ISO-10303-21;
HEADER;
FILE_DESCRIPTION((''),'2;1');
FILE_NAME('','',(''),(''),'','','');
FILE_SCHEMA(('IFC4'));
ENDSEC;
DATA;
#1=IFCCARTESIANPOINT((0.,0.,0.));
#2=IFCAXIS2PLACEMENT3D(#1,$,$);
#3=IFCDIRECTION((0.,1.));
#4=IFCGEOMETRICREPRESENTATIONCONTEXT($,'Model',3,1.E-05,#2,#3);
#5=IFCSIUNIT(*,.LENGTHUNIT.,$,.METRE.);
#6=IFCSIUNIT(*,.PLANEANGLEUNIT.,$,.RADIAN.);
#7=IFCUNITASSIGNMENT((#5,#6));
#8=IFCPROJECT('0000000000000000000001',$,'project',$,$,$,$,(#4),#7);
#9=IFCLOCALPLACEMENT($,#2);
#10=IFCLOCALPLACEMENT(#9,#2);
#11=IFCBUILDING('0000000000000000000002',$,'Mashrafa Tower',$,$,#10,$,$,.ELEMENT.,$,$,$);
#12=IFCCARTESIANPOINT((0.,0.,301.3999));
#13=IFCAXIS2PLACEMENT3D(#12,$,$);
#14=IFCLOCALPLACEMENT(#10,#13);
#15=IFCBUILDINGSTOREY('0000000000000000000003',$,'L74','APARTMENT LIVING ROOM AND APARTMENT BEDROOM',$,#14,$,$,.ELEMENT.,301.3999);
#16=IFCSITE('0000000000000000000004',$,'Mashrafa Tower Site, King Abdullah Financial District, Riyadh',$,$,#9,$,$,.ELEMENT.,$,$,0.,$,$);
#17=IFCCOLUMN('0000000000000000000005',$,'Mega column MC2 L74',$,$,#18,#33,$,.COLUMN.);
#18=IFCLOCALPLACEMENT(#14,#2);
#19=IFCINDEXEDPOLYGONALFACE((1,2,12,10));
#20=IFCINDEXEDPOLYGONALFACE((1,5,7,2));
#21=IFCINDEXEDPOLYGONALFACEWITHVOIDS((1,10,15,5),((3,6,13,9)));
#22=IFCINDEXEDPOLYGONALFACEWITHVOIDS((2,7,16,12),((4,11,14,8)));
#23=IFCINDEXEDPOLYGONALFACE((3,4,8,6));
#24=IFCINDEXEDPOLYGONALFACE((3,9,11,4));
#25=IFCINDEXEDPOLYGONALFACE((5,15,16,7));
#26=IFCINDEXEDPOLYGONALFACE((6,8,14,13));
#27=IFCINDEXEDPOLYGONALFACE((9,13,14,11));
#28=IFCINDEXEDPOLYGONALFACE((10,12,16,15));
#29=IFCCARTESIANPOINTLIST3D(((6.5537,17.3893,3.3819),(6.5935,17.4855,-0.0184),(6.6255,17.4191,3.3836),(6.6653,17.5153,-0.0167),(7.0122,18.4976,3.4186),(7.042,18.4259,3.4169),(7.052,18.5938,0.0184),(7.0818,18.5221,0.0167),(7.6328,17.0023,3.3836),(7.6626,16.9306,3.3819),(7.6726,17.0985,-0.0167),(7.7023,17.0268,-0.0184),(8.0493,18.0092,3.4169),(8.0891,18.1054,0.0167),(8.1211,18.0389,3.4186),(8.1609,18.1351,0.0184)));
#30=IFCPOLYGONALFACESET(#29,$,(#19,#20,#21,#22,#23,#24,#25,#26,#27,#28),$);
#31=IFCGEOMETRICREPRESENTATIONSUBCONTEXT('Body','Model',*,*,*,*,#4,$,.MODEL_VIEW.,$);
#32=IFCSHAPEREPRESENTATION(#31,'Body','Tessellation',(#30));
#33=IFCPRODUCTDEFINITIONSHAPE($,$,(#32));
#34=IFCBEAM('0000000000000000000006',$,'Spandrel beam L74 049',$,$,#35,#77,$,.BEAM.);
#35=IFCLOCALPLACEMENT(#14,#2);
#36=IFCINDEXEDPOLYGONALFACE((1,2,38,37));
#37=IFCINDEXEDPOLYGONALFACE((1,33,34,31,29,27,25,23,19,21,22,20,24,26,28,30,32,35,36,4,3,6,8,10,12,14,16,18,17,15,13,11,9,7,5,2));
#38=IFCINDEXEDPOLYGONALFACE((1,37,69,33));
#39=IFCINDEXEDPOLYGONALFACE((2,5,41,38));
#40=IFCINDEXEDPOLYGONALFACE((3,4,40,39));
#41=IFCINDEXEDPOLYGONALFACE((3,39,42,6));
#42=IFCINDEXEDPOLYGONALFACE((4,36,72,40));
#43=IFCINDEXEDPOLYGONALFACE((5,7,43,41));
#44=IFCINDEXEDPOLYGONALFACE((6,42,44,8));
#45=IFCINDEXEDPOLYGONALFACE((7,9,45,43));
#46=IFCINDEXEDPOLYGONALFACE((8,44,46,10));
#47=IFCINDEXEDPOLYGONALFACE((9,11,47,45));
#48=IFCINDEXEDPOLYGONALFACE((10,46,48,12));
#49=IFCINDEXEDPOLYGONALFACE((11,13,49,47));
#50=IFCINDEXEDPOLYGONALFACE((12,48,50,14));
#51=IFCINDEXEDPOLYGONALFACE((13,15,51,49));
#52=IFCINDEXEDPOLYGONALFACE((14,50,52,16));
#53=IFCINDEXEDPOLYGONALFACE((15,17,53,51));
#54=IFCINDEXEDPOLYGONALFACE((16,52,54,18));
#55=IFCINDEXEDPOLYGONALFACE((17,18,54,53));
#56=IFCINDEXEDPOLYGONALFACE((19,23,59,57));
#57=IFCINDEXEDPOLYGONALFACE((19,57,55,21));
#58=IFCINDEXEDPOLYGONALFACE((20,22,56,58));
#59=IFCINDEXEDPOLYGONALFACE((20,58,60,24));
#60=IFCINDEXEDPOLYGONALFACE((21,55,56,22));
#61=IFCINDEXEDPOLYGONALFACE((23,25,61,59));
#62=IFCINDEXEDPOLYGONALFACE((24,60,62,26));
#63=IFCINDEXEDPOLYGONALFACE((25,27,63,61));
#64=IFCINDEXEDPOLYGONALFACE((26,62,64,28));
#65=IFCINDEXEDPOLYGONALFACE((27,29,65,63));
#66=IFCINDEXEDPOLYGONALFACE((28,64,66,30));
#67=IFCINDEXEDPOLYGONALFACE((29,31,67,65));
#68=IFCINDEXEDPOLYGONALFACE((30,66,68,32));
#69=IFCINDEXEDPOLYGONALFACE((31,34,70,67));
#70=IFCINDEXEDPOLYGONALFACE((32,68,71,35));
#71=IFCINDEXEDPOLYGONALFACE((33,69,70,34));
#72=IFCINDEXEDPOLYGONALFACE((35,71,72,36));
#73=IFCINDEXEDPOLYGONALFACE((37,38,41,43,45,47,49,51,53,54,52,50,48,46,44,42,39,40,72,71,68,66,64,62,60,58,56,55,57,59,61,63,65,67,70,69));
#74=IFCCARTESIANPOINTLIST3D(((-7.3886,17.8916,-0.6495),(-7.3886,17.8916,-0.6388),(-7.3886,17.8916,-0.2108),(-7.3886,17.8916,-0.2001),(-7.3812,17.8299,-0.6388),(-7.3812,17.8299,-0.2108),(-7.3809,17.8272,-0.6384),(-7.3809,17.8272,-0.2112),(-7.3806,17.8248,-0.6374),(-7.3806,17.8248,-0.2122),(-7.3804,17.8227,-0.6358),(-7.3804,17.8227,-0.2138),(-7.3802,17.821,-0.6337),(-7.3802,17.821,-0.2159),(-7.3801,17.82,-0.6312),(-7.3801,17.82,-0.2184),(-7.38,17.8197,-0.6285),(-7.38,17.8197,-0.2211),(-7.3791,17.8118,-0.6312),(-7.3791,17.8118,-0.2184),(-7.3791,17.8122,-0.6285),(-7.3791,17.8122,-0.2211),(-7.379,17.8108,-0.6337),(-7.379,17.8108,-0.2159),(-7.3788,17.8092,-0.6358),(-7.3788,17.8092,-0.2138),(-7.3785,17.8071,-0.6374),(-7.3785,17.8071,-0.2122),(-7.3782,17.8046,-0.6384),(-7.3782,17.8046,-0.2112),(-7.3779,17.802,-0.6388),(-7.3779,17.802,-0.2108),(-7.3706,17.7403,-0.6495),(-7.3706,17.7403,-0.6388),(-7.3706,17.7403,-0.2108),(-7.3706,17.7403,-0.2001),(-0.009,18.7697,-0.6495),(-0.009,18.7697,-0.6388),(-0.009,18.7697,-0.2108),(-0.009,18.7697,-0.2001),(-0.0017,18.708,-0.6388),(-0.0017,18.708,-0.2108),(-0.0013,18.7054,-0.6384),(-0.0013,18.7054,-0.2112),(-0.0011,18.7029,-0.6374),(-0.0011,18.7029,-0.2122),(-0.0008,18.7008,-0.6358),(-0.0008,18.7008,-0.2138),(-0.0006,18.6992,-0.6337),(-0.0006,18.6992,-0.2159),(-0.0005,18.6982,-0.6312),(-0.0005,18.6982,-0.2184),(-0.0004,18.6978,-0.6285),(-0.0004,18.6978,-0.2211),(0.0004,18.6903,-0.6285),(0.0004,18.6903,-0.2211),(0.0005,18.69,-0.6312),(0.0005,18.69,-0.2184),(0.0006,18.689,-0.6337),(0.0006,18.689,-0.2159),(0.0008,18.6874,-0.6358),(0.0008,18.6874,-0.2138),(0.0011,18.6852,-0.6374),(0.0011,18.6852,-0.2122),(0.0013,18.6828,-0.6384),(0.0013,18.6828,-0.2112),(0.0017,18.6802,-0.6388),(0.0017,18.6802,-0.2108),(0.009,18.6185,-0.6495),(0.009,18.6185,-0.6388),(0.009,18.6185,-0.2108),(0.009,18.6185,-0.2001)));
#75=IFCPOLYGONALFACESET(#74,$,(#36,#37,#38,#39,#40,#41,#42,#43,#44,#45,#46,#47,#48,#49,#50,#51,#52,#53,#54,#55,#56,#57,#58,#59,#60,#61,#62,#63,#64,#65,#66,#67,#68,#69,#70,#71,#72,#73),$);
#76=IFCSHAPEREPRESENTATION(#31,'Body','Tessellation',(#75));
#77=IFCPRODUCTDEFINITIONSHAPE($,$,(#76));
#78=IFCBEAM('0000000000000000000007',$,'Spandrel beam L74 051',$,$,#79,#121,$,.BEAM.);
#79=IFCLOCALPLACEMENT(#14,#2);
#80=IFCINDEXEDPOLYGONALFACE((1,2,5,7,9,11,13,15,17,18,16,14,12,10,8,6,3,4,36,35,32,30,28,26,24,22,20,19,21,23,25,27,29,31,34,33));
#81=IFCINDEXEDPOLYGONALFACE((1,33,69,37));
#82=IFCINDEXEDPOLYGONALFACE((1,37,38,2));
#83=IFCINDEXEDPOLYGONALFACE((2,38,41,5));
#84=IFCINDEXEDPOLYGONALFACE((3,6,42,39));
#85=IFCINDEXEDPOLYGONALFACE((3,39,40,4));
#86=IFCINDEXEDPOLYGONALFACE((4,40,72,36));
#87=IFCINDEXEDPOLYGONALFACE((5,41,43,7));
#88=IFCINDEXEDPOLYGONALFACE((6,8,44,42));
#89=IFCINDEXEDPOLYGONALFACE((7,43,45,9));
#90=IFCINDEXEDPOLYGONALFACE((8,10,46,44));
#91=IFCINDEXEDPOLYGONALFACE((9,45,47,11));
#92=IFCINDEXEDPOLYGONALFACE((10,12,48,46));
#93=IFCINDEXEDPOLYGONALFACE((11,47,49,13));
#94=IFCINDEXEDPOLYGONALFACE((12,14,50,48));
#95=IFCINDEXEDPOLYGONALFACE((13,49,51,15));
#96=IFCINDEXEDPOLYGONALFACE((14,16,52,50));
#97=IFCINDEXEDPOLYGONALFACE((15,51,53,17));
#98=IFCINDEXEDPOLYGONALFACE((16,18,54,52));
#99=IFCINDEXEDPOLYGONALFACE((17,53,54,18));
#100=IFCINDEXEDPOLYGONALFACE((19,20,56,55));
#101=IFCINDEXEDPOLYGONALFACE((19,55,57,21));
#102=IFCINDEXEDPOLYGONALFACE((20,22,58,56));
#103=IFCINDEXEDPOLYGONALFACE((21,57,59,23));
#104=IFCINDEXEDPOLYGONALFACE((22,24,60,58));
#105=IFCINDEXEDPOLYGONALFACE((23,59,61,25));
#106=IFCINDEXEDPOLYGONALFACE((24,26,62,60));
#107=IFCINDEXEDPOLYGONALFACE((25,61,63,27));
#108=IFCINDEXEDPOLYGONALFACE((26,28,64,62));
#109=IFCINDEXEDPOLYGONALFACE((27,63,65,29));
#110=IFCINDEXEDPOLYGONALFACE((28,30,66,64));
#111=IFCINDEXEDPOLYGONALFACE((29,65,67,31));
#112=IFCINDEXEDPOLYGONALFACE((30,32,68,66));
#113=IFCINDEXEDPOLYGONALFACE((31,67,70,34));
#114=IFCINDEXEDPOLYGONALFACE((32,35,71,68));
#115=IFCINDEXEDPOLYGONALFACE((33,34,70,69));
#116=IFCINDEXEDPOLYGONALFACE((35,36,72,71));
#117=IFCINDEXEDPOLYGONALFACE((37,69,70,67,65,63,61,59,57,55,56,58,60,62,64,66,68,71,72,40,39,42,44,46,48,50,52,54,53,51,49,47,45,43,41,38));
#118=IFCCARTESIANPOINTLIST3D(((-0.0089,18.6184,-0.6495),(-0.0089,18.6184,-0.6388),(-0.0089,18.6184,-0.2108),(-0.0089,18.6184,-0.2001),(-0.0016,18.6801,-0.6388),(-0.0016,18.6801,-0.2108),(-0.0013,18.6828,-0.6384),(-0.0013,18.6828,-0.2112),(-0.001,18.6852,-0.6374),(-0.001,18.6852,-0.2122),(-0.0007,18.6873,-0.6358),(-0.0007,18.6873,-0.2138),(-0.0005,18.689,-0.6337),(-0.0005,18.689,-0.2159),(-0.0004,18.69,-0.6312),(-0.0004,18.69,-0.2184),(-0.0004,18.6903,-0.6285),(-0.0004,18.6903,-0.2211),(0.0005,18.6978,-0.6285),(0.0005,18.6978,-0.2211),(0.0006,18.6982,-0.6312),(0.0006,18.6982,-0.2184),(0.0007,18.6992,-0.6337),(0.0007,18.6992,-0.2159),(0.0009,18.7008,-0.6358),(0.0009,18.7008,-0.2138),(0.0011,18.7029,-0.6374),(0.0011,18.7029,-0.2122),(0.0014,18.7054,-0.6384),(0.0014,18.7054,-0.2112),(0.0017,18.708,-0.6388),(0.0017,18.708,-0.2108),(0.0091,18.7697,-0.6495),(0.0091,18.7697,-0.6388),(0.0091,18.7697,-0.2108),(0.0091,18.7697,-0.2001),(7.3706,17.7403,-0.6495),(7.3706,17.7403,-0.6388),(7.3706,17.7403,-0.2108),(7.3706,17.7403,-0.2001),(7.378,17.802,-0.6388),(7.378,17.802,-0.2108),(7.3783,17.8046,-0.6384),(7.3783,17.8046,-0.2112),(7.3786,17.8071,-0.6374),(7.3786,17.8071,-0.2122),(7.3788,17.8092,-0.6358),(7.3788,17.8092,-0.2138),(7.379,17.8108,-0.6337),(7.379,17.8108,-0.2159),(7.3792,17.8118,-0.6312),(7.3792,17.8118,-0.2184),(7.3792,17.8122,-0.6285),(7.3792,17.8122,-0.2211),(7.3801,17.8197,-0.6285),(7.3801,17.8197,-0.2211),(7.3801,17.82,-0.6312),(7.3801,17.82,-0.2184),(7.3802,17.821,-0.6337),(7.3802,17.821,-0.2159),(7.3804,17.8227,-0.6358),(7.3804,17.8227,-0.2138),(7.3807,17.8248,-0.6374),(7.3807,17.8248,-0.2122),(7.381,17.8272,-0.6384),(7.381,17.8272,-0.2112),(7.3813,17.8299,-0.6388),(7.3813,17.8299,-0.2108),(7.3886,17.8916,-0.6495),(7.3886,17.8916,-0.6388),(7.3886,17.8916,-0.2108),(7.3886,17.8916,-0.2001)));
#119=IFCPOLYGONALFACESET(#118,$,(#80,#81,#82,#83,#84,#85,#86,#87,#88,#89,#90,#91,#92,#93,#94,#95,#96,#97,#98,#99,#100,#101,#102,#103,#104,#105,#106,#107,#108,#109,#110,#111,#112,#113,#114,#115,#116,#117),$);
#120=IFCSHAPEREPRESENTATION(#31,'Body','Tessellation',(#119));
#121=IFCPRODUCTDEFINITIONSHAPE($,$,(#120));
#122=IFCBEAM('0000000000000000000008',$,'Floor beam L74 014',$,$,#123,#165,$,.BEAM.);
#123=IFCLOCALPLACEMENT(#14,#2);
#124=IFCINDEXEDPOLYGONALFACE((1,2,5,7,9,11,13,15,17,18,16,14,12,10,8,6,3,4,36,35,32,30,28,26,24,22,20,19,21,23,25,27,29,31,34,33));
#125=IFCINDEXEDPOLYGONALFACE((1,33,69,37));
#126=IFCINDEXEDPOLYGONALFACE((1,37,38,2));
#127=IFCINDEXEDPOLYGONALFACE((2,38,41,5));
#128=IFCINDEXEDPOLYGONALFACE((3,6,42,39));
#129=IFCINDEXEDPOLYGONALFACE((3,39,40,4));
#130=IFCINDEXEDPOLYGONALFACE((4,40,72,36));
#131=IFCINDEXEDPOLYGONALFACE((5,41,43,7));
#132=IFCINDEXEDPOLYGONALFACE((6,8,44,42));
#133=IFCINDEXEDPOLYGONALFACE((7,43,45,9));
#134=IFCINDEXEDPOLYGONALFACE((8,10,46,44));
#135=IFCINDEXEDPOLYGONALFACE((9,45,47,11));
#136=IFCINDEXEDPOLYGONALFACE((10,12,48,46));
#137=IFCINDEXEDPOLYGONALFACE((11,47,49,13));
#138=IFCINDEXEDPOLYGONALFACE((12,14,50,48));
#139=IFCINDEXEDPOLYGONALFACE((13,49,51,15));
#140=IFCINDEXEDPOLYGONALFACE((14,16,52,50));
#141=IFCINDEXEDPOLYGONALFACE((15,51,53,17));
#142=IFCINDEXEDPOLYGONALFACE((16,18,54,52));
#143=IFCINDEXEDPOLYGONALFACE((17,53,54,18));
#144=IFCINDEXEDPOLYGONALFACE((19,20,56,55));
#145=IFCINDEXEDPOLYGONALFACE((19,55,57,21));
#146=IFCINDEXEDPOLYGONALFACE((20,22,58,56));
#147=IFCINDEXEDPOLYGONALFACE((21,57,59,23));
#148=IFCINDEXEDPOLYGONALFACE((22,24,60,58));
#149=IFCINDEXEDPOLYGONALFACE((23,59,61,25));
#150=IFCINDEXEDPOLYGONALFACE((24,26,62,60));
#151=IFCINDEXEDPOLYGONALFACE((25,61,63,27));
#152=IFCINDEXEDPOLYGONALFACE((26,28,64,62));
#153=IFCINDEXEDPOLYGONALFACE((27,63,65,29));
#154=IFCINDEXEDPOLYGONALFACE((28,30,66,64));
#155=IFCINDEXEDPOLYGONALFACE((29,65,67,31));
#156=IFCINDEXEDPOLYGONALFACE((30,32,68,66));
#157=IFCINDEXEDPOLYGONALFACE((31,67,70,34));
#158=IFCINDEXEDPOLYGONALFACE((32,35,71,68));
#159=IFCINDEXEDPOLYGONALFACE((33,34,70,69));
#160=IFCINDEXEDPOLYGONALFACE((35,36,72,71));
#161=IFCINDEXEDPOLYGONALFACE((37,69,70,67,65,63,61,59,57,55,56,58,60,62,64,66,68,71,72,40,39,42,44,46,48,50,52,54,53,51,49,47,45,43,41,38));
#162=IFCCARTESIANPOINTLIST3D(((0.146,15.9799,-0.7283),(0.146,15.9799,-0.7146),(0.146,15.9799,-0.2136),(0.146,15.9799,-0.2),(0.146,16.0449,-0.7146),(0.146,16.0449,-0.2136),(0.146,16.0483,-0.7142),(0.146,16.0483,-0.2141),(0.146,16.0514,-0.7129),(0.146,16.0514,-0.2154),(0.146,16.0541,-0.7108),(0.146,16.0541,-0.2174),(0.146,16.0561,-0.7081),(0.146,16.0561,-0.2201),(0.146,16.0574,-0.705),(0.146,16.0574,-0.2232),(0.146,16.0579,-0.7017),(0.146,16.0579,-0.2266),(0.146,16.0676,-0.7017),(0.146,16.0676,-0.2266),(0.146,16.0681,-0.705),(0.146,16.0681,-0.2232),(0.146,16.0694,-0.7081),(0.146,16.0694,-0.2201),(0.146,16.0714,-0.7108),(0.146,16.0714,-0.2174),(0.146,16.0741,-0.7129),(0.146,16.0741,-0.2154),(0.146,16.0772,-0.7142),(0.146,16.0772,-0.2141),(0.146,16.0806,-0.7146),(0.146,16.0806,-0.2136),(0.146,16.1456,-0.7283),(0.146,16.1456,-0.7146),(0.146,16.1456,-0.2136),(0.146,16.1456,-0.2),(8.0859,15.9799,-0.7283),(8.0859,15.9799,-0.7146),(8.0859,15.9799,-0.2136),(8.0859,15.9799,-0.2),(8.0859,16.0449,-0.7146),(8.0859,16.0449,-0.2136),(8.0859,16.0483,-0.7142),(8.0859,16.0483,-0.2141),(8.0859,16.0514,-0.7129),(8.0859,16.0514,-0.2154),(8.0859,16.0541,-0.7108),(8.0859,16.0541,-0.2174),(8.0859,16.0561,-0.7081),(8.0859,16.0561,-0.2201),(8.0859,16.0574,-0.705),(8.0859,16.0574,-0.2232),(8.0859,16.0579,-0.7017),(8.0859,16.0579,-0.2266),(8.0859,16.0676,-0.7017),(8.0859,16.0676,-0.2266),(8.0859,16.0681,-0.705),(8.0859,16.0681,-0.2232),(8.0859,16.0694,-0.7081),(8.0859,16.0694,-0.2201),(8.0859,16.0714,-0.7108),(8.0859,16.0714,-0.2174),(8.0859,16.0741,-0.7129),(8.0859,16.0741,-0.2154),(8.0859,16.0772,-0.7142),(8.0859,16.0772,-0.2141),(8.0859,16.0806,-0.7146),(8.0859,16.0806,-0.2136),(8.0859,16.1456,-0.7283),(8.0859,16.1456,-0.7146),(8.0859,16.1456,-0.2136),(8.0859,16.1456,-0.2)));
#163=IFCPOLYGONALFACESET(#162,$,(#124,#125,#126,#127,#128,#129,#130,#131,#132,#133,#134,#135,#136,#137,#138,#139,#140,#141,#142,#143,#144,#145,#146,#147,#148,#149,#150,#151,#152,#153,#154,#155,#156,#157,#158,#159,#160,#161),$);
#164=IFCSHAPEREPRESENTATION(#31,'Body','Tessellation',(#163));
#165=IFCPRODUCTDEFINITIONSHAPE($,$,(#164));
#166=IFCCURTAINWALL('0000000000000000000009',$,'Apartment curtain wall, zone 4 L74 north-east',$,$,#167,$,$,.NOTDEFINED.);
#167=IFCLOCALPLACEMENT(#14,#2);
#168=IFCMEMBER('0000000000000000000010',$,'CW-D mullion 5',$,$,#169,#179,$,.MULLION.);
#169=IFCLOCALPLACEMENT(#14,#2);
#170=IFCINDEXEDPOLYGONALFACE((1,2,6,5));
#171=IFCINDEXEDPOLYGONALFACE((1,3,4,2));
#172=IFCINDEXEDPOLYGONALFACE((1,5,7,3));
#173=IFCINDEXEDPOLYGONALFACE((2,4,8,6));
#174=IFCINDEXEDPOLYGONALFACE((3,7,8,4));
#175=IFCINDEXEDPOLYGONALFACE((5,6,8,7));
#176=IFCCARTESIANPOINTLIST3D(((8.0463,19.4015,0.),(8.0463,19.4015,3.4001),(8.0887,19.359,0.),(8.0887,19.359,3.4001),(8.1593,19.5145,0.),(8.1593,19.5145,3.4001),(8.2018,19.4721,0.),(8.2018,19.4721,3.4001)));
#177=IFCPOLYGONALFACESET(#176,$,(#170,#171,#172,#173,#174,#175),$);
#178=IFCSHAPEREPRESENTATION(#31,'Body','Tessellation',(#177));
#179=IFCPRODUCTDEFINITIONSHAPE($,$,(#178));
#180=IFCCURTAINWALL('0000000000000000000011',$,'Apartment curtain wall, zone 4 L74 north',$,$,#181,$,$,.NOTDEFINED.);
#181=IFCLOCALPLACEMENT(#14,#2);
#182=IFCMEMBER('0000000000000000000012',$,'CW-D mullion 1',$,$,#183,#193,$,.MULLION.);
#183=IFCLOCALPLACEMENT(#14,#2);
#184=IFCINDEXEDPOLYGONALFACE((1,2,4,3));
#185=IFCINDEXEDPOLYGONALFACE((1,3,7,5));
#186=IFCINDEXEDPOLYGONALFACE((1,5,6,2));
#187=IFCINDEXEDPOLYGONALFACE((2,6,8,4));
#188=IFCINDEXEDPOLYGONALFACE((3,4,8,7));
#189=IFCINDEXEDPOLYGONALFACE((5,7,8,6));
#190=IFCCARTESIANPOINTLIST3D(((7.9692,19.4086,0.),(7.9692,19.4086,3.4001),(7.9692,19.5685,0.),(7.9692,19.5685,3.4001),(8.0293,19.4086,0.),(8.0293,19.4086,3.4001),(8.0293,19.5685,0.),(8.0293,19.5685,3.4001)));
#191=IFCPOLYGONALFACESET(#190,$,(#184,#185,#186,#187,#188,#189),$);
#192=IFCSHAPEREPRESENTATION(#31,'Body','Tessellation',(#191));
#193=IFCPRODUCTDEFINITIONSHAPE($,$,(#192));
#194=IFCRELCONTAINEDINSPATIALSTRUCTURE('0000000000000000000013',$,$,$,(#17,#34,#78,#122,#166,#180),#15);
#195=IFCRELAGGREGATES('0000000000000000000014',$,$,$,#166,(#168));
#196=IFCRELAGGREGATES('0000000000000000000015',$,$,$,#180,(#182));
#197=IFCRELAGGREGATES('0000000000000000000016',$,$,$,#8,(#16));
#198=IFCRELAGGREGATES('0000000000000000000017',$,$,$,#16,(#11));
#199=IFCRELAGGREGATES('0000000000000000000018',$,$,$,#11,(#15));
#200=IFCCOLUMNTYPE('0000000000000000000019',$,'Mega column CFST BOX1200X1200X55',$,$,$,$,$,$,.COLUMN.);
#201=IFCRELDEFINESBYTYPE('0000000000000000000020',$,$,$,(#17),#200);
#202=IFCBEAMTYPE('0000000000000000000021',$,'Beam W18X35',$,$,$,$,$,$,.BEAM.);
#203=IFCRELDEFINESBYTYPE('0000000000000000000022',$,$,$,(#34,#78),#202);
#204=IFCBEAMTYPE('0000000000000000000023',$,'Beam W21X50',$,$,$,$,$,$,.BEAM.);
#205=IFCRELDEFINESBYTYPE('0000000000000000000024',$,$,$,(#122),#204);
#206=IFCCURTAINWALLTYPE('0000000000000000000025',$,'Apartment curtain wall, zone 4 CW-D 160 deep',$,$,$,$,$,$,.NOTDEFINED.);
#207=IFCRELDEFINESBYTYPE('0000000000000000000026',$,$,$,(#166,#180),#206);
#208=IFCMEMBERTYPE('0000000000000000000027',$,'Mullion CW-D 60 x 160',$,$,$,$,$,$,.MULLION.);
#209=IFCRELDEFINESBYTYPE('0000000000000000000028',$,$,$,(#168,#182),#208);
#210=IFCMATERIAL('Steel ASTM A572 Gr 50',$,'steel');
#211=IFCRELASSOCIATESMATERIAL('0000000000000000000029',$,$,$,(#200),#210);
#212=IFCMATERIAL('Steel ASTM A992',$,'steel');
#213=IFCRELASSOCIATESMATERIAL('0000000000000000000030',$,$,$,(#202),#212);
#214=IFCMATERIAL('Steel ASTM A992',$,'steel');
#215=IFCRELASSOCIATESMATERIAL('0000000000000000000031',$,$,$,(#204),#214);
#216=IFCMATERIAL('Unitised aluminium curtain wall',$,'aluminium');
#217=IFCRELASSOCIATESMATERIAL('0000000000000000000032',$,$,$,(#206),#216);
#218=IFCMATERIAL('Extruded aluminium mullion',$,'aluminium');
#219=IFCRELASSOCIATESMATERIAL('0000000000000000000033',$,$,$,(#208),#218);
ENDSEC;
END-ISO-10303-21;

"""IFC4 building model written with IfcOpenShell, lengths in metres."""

from ifc_helpers import new_model, si_unit, direction, frame, origin, origin_2d, place, context, subcontext, project, spatial, rectangle, hollow_rectangle, i_section, extrude, source, transform, mapped, material, material_profile, profile_set, type_object, type_shapes, element, aggregate, save


model = new_model("IFC4")

# Units and contexts
model_context = context("Model", 3, precision=1e-05, world=origin(), true_north=direction((0.0, 1.0)))
body_context = subcontext(model_context, "Body", "Model", "MODEL_VIEW")
ifc_project = project(units=[si_unit("LENGTHUNIT", "METRE"), si_unit("PLANEANGLEUNIT", "RADIAN")], contexts=[model_context])

# Site, building, storey
site_placement = place(None, origin())
site = spatial("IfcSite", under=ifc_project, at=site_placement, Name="Mashrafa Tower Site, King Abdullah Financial District, Riyadh", CompositionType="ELEMENT", RefElevation=0.0)
building_placement = place(site_placement, origin())
building = spatial("IfcBuilding", under=site, at=building_placement, Name="Mashrafa Tower", CompositionType="ELEMENT")
storey_placement = place(building_placement, frame((0.0, 0.0, 301.3999)))
storey = spatial("IfcBuildingStorey", under=building, at=storey_placement, Name="L74", Description="APARTMENT LIVING ROOM AND APARTMENT BEDROOM", CompositionType="ELEMENT", Elevation=301.3999)

# Column
ifc_material_1 = material(Name="Steel ASTM A572 Gr 50", Category="steel")
ifc_material_profile_1 = material_profile(ifc_material_1, hollow_rectangle(XDim=1.2, YDim=1.2, WallThickness=0.0549, at=origin_2d()), Name="BOX1200X1200X55")
ifc_profile_set_1 = profile_set([ifc_material_profile_1], Name="Steel ASTM A572 Gr 50")
column_type = type_object("IfcColumnType", Name="Mega column CFST BOX1200X1200X55", PredefinedType="COLUMN", material=ifc_profile_set_1)
column_placement = place(storey_placement, frame((7.3772, 17.8103, 0.0), z_axis=(-0.011698, -0.028277, 0.999532), x_axis=(0.924045, -0.382283, 0.0)))
element("IfcColumn", 1, at=column_placement, inside=storey, type_object=column_type, Name="Mega column MC2 L74", PredefinedType="COLUMN", context=body_context, shape_type="SweptSolid", body=[
    extrude(hollow_rectangle(XDim=1.2, YDim=1.2, WallThickness=0.0549, at=origin_2d()), origin(), (0.0, 0.0, 1.0), 3.4019),
])

# Beams
ifc_material_2 = material(Name="Steel ASTM A992", Category="steel")
ifc_material_profile_2 = material_profile(ifc_material_2, i_section(OverallWidth=0.1523, OverallDepth=0.4495, WebThickness=0.0076, FlangeThickness=0.0107, FilletRadius=0.0103, at=origin_2d()), Name="W18X35")
ifc_profile_set_2 = profile_set([ifc_material_profile_2], Name="Steel ASTM A992")
beam_type_1 = type_object("IfcBeamType", Name="Beam W18X35", PredefinedType="BEAM", material=ifc_profile_set_2)
for number, where, z_axis, x_axis, name in (
    (2, (0.0, 18.6941, -0.4248), (-0.992994, -0.118166, 0.0), (0.118166, -0.992994, 0.0), "Spandrel beam L74 049"),
    (3, (7.3796, 17.8159, -0.4248), (-0.992994, 0.118166, 0.0), (-0.118166, -0.992994, 0.0), "Spandrel beam L74 051"),
):
    element("IfcBeam", number, at=place(storey_placement, frame(where, z_axis=z_axis, x_axis=x_axis)), inside=storey, type_object=beam_type_1, Name=name, PredefinedType="BEAM", context=body_context, shape_type="SweptSolid", body=[
        extrude(i_section(OverallWidth=0.1523, OverallDepth=0.4495, WebThickness=0.0076, FlangeThickness=0.0107, FilletRadius=0.0103, at=origin_2d()), origin(), (0.0, 0.0, 1.0), 7.4316),
    ])
ifc_material_3 = material(Name="Steel ASTM A992", Category="steel")
ifc_material_profile_3 = material_profile(ifc_material_3, i_section(OverallWidth=0.1658, OverallDepth=0.5283, WebThickness=0.0098, FlangeThickness=0.0137, FilletRadius=0.0129, at=origin_2d()), Name="W21X50")
ifc_profile_set_3 = profile_set([ifc_material_profile_3], Name="Steel ASTM A992")
beam_type_2 = type_object("IfcBeamType", Name="Beam W21X50", PredefinedType="BEAM", material=ifc_profile_set_3)
beam_placement = place(storey_placement, frame((0.146, 16.0627, -0.4641), z_axis=(1.0, 0.0, 0.0), x_axis=(0.0, 1.0, 0.0)))
element("IfcBeam", 4, at=beam_placement, inside=storey, type_object=beam_type_2, Name="Floor beam L74 014", PredefinedType="BEAM", context=body_context, shape_type="SweptSolid", body=[
    extrude(i_section(OverallWidth=0.1658, OverallDepth=0.5283, WebThickness=0.0098, FlangeThickness=0.0137, FilletRadius=0.0129, at=origin_2d()), origin(), (0.0, 0.0, 1.0), 7.9399),
])

# Curtain wall, member
ifc_material_4 = material(Name="Unitised aluminium curtain wall", Category="aluminium")
curtain_wall_type = type_object("IfcCurtainWallType", Name="Apartment curtain wall, zone 4 CW-D 160 deep", PredefinedType="NOTDEFINED", material=ifc_material_4)
curtain_wall_1_placement = place(storey_placement, origin())
curtain_wall_1 = element("IfcCurtainWall", 5, at=curtain_wall_1_placement, inside=storey, type_object=curtain_wall_type, Name="Apartment curtain wall, zone 4 L74 north-east", PredefinedType="NOTDEFINED")
ifc_material_5 = material(Name="Extruded aluminium mullion", Category="aluminium")
ifc_material_profile_4 = material_profile(ifc_material_5, rectangle(XDim=0.1599, YDim=0.0601, at=origin_2d()), Name="Mullion 60x160")
ifc_profile_set_4 = profile_set([ifc_material_profile_4], Name="Extruded aluminium mullion")
member_type_1 = type_object("IfcMemberType", Name="Mullion CW-D 60 x 160", PredefinedType="MULLION", material=ifc_profile_set_4)
shared_shape_1 = source(origin(), body_context, "Body", "SweptSolid", [
    extrude(rectangle(XDim=0.1599, YDim=0.0601, at=origin_2d()), origin(), (0.0, 0.0, 1.0), 3.4001),
])
type_shapes(member_type_1, [shared_shape_1])
member_1_placement = place(storey_placement, frame((8.124, 19.4368, 0.0), z_axis=(0.0, 0.0, 1.0), x_axis=(-0.707107, -0.707107, 0.0)))
member_1 = element("IfcMember", 6, at=member_1_placement, type_object=member_type_1, Name="CW-D mullion 5", PredefinedType="MULLION", context=body_context, shape_type="MappedRepresentation", body=[
    mapped(shared_shape_1, transform((0.0, 0.0, 0.0))),
])

# Curtain wall, member
curtain_wall_2_placement = place(storey_placement, origin())
curtain_wall_2 = element("IfcCurtainWall", 7, at=curtain_wall_2_placement, inside=storey, type_object=curtain_wall_type, Name="Apartment curtain wall, zone 4 L74 north", PredefinedType="NOTDEFINED")
member_2_placement = place(storey_placement, frame((7.9993, 19.4885, 0.0), z_axis=(0.0, 0.0, 1.0), x_axis=(0.0, -1.0, 0.0)))
member_2 = element("IfcMember", 8, at=member_2_placement, type_object=member_type_1, Name="CW-D mullion 1", PredefinedType="MULLION", context=body_context, shape_type="MappedRepresentation", body=[
    mapped(shared_shape_1, transform((0.0, 0.0, 0.0))),
])

aggregate(curtain_wall_1, [member_1])
aggregate(curtain_wall_2, [member_2])

save(model, "model.ifc")
